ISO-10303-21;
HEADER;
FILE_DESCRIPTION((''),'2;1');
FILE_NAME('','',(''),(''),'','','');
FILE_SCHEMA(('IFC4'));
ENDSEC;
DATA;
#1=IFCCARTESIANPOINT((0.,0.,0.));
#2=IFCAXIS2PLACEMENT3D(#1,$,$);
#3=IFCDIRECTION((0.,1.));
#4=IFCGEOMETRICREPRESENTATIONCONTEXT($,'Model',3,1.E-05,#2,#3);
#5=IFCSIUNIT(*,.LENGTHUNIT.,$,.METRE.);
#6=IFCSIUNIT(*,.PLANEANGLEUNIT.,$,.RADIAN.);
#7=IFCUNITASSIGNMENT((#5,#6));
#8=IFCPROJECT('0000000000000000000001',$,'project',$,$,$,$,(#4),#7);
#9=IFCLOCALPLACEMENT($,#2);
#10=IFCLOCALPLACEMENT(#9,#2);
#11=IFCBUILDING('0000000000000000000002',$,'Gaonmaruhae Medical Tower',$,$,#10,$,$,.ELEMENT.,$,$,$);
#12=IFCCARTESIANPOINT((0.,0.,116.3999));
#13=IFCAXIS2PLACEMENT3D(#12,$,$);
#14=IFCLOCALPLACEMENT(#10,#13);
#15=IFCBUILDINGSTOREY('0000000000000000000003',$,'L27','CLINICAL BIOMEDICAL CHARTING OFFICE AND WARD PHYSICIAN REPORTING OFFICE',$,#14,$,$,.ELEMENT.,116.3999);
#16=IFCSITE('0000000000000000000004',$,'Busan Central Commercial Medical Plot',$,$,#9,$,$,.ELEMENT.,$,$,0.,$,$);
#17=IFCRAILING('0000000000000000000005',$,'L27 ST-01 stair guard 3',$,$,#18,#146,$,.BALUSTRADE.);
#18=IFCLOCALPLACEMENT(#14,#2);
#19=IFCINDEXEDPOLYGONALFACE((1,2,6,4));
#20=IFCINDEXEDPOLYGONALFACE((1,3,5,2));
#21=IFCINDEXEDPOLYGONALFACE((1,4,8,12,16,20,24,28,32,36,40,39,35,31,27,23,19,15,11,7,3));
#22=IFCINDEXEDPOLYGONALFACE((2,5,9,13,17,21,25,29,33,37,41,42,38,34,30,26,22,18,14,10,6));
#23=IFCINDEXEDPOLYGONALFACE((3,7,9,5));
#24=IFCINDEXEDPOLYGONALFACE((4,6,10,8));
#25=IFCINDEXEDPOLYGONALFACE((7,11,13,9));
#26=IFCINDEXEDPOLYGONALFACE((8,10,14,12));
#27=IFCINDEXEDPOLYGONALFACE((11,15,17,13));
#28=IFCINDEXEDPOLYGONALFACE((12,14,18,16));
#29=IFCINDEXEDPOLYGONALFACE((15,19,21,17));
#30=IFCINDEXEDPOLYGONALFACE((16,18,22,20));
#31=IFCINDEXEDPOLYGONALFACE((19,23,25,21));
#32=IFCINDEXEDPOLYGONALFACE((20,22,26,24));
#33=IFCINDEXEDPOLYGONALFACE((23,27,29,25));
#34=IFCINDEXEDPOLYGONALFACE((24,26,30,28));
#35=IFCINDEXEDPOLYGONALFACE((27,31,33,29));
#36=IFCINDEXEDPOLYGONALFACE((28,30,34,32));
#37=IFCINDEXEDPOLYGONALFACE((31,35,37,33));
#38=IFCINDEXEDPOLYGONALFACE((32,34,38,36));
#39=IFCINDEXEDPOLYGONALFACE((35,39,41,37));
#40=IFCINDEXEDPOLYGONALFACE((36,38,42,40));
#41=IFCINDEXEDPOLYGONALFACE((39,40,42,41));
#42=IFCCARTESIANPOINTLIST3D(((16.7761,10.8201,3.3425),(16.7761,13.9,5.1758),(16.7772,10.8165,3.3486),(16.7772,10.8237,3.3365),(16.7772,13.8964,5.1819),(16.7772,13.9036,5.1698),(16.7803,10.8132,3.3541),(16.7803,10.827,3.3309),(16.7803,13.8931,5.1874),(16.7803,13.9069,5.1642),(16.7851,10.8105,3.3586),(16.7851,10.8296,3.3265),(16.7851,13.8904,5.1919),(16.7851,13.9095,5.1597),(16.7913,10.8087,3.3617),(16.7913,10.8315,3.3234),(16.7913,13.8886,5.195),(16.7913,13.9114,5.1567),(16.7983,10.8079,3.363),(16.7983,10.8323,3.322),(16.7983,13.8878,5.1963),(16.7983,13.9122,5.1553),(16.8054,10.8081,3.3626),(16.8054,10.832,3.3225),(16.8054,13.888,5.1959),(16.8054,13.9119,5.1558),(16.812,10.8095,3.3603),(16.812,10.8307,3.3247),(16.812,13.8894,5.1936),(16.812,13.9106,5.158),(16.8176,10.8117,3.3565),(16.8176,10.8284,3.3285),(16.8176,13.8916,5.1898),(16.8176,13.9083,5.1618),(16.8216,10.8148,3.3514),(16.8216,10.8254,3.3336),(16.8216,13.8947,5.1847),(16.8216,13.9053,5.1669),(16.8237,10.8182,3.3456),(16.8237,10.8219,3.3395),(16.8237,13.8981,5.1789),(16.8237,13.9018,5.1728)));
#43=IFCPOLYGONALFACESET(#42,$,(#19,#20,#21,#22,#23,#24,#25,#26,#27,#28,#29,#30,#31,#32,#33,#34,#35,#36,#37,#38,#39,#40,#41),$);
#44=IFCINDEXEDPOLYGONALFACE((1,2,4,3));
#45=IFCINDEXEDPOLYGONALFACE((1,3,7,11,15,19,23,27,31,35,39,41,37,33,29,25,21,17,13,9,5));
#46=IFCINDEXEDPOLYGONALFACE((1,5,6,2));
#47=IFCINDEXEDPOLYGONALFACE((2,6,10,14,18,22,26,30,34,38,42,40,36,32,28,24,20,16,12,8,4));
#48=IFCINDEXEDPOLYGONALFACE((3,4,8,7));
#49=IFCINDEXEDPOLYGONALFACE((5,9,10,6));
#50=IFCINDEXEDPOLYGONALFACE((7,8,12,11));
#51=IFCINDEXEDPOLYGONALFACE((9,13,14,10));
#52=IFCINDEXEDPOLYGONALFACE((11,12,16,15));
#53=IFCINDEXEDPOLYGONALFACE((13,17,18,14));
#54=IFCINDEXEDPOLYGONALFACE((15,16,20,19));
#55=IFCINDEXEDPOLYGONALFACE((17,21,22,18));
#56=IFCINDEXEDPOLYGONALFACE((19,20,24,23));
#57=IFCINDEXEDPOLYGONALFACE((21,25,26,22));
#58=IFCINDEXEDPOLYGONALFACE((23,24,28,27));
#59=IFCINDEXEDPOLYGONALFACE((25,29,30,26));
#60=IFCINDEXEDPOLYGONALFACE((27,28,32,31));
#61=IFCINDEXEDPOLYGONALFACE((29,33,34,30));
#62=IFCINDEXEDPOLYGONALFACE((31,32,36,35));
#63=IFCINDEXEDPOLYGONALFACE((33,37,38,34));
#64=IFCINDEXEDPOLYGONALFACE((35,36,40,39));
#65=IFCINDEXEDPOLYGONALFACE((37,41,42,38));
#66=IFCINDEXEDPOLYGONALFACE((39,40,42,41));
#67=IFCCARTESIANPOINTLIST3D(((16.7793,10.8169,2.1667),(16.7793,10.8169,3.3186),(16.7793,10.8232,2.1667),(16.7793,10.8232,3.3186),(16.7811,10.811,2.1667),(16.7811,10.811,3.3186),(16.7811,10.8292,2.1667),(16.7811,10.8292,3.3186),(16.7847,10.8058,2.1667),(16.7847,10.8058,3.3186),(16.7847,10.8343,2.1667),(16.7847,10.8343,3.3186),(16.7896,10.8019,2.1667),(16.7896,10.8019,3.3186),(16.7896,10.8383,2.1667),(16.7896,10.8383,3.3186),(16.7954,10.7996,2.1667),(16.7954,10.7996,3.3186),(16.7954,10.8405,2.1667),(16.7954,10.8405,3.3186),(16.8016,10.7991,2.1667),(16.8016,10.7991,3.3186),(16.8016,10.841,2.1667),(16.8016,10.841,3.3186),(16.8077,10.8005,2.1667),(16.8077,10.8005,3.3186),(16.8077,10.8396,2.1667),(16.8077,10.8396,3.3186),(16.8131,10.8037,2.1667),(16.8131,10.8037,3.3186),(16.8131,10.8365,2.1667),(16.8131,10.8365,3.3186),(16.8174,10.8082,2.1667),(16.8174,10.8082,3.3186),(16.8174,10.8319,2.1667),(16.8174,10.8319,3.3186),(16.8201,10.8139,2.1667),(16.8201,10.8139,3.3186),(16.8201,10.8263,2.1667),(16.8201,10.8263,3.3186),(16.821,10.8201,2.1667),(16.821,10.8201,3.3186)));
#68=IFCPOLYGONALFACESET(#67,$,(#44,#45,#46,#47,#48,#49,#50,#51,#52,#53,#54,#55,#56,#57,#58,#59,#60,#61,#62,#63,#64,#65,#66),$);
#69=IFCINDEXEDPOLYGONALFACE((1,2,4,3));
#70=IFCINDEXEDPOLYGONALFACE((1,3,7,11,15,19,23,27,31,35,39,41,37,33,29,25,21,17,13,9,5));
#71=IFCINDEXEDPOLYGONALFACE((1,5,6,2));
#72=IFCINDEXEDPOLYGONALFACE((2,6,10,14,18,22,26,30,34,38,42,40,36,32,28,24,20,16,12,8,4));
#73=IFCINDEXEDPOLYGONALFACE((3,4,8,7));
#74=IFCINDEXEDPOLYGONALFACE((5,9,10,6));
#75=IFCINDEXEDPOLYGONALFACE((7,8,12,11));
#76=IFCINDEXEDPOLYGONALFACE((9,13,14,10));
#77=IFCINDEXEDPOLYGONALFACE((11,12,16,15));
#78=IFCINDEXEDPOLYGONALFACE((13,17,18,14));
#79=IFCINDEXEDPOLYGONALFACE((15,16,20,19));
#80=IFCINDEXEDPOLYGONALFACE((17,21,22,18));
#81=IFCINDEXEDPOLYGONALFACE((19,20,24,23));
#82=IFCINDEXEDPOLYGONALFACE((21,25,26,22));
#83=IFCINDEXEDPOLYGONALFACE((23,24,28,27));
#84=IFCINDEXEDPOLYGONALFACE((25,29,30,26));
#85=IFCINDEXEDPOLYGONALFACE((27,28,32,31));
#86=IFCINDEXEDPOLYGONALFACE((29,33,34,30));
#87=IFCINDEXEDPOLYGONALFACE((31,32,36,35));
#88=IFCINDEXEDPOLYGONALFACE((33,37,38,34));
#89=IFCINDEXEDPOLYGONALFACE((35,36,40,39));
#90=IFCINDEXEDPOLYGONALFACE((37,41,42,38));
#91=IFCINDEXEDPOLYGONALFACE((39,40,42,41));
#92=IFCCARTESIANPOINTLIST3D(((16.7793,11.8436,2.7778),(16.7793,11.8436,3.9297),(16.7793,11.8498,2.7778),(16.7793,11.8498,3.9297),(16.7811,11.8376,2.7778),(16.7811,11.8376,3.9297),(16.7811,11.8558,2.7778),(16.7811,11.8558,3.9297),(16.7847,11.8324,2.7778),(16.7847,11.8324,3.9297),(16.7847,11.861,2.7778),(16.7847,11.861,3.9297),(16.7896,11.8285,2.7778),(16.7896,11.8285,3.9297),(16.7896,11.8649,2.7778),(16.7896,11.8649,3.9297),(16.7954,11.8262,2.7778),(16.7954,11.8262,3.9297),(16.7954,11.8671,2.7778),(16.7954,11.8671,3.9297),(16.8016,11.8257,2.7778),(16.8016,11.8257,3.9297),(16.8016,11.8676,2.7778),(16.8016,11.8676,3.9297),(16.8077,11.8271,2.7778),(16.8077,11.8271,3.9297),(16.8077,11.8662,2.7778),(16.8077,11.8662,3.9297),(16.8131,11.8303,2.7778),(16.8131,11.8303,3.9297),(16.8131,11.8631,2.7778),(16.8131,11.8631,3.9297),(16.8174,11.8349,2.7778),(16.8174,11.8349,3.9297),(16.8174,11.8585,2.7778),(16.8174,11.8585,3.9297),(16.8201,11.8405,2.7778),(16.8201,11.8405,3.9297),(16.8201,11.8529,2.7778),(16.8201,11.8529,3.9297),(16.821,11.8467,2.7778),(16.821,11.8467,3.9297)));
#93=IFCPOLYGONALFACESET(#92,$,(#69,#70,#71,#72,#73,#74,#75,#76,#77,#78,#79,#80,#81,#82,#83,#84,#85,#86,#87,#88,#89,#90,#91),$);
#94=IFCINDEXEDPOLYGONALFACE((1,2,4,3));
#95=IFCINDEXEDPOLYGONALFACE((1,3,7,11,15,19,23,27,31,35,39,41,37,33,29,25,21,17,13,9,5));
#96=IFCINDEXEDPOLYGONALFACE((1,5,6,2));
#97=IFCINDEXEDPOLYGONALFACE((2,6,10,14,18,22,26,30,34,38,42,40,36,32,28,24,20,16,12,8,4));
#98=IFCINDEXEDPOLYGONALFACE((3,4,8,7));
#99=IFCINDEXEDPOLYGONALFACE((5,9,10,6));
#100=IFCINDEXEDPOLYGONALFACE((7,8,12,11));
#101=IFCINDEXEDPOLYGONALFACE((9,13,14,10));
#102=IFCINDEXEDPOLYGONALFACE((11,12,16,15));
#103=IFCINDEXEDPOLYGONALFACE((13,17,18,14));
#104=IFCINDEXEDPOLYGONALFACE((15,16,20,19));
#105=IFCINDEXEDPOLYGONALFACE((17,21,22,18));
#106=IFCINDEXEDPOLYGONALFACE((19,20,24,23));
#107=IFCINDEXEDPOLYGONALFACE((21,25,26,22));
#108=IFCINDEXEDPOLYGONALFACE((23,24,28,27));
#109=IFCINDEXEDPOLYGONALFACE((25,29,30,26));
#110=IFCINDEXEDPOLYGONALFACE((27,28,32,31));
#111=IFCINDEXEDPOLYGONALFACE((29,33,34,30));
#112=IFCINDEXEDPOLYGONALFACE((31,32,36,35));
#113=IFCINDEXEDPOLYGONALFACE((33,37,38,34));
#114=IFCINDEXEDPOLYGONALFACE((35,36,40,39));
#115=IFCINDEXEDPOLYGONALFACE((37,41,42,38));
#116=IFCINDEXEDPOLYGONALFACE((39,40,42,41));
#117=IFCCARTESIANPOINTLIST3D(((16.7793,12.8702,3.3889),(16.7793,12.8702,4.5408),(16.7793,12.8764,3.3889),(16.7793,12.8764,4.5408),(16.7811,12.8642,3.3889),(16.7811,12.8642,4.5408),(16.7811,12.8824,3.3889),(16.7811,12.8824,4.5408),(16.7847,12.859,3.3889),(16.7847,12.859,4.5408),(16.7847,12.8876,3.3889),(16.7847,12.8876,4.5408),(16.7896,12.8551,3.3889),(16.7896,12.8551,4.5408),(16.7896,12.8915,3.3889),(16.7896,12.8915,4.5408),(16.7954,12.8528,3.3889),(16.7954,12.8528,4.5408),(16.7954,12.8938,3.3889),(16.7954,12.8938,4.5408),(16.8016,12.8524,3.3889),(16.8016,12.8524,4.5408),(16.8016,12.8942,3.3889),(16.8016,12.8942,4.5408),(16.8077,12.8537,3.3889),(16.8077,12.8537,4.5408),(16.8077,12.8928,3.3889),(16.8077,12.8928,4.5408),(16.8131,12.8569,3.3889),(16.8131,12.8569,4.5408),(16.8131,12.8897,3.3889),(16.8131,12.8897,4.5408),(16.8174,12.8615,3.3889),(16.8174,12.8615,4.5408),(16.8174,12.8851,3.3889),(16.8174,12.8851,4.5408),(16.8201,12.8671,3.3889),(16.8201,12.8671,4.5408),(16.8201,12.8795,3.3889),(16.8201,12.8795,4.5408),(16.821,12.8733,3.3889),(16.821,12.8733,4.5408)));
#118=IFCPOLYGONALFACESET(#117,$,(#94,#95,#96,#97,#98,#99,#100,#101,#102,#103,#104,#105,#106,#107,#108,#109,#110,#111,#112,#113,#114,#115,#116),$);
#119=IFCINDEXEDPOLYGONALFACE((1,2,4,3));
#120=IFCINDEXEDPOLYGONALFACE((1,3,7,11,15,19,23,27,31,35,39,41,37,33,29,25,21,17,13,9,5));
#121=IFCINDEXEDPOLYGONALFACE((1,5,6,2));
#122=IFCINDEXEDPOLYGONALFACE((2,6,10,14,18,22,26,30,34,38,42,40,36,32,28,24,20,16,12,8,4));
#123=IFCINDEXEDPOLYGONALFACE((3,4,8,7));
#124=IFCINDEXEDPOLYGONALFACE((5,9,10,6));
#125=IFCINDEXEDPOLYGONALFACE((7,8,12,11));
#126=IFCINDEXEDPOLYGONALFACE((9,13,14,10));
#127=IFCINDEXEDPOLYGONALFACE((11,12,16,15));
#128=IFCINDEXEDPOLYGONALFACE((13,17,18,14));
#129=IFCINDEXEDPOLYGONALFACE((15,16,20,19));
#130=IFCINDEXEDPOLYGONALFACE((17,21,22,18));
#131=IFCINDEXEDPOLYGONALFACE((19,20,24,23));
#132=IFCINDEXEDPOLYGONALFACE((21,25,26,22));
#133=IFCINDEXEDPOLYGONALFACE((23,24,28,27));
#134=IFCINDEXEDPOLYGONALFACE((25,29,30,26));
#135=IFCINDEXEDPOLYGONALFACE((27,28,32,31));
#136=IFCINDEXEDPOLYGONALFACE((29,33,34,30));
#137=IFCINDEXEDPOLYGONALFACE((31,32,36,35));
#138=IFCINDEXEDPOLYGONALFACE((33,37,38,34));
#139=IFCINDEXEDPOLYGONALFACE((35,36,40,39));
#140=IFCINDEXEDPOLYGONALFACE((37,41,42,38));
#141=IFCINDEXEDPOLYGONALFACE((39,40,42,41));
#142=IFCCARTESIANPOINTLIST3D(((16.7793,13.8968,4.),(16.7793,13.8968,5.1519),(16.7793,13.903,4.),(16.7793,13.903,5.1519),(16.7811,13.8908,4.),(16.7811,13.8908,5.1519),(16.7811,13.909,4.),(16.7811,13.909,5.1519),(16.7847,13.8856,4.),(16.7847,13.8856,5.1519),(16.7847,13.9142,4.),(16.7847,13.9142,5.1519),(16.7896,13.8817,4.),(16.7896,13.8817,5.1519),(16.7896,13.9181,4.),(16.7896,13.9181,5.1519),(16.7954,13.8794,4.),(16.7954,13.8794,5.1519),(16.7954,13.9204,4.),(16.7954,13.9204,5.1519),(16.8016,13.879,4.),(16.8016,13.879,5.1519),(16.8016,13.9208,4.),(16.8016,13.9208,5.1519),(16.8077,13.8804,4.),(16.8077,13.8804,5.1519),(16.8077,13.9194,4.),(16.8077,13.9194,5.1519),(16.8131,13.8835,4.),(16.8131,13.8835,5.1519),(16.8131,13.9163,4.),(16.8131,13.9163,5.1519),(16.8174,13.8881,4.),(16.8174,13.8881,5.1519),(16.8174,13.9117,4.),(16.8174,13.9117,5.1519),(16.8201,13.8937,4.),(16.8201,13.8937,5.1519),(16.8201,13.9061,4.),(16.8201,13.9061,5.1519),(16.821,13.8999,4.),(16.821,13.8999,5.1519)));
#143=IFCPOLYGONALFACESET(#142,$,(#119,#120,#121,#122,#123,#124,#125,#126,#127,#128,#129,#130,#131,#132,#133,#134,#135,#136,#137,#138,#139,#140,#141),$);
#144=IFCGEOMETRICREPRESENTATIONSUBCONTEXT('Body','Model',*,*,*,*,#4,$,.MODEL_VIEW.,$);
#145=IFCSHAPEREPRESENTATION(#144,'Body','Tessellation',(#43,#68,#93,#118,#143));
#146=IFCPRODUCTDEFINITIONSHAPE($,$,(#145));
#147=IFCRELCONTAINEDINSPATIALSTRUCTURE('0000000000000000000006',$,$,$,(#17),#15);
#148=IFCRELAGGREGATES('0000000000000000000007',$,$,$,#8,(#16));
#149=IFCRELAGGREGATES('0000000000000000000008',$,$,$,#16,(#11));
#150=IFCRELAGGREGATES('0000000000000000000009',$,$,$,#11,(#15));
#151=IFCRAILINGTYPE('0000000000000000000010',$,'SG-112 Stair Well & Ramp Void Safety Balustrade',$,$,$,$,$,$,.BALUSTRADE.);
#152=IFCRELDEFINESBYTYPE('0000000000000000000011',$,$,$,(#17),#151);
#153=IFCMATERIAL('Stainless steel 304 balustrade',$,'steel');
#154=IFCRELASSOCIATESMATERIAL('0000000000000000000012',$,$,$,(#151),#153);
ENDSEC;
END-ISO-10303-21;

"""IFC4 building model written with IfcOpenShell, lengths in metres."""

from ifc_helpers import new_model, si_unit, direction, frame, origin, origin_2d, place, context, subcontext, project, spatial, circle, extrude, material, type_object, element, save


model = new_model("IFC4")

# Units and contexts
model_context = context("Model", 3, precision=1e-05, world=origin(), true_north=direction((0.0, 1.0)))
body_context = subcontext(model_context, "Body", "Model", "MODEL_VIEW")
ifc_project = project(units=[si_unit("LENGTHUNIT", "METRE"), si_unit("PLANEANGLEUNIT", "RADIAN")], contexts=[model_context])

# Site, building, storey
site_placement = place(None, origin())
site = spatial("IfcSite", under=ifc_project, at=site_placement, Name="Busan Central Commercial Medical Plot", CompositionType="ELEMENT", RefElevation=0.0)
building_placement = place(site_placement, origin())
building = spatial("IfcBuilding", under=site, at=building_placement, Name="Gaonmaruhae Medical Tower", CompositionType="ELEMENT")
storey_placement = place(building_placement, frame((0.0, 0.0, 116.3999)))
storey = spatial("IfcBuildingStorey", under=building, at=storey_placement, Name="L27", Description="CLINICAL BIOMEDICAL CHARTING OFFICE AND WARD PHYSICIAN REPORTING OFFICE", CompositionType="ELEMENT", Elevation=116.3999)

# Railing
ifc_material_1 = material(Name="Stainless steel 304 balustrade", Category="steel")
railing_type_1 = type_object("IfcRailingType", Name="SG-112 Stair Well & Ramp Void Safety Balustrade", PredefinedType="BALUSTRADE", material=ifc_material_1)
railing_1_placement = place(storey_placement, frame((16.8, 10.8201, 2.1667)))
element("IfcRailing", 1, at=railing_1_placement, inside=storey, type_object=railing_type_1, Name="L27 ST-01 stair guard 3", PredefinedType="BALUSTRADE", context=body_context, shape_type="SweptSolid", body=[
    extrude(circle(Radius=0.0239, at=origin_2d()), frame((0.0, 0.0, 1.1758), z_axis=(0.0, 0.859291, 0.511487), x_axis=(-1.0, 0.0, 0.0)), (0.0, 0.0, 1.0), 3.5842),
    extrude(circle(Radius=0.021, at=origin_2d()), origin(), (0.0, 0.0, 1.0), 1.1519),
    extrude(circle(Radius=0.021, at=origin_2d()), frame((0.0, 1.0266, 0.6111)), (0.0, 0.0, 1.0), 1.1519),
    extrude(circle(Radius=0.021, at=origin_2d()), frame((0.0, 2.0532, 1.2222)), (0.0, 0.0, 1.0), 1.1519),
    extrude(circle(Radius=0.021, at=origin_2d()), frame((0.0, 3.0798, 1.8333)), (0.0, 0.0, 1.0), 1.1519),
])

save(model, "model.ifc")
